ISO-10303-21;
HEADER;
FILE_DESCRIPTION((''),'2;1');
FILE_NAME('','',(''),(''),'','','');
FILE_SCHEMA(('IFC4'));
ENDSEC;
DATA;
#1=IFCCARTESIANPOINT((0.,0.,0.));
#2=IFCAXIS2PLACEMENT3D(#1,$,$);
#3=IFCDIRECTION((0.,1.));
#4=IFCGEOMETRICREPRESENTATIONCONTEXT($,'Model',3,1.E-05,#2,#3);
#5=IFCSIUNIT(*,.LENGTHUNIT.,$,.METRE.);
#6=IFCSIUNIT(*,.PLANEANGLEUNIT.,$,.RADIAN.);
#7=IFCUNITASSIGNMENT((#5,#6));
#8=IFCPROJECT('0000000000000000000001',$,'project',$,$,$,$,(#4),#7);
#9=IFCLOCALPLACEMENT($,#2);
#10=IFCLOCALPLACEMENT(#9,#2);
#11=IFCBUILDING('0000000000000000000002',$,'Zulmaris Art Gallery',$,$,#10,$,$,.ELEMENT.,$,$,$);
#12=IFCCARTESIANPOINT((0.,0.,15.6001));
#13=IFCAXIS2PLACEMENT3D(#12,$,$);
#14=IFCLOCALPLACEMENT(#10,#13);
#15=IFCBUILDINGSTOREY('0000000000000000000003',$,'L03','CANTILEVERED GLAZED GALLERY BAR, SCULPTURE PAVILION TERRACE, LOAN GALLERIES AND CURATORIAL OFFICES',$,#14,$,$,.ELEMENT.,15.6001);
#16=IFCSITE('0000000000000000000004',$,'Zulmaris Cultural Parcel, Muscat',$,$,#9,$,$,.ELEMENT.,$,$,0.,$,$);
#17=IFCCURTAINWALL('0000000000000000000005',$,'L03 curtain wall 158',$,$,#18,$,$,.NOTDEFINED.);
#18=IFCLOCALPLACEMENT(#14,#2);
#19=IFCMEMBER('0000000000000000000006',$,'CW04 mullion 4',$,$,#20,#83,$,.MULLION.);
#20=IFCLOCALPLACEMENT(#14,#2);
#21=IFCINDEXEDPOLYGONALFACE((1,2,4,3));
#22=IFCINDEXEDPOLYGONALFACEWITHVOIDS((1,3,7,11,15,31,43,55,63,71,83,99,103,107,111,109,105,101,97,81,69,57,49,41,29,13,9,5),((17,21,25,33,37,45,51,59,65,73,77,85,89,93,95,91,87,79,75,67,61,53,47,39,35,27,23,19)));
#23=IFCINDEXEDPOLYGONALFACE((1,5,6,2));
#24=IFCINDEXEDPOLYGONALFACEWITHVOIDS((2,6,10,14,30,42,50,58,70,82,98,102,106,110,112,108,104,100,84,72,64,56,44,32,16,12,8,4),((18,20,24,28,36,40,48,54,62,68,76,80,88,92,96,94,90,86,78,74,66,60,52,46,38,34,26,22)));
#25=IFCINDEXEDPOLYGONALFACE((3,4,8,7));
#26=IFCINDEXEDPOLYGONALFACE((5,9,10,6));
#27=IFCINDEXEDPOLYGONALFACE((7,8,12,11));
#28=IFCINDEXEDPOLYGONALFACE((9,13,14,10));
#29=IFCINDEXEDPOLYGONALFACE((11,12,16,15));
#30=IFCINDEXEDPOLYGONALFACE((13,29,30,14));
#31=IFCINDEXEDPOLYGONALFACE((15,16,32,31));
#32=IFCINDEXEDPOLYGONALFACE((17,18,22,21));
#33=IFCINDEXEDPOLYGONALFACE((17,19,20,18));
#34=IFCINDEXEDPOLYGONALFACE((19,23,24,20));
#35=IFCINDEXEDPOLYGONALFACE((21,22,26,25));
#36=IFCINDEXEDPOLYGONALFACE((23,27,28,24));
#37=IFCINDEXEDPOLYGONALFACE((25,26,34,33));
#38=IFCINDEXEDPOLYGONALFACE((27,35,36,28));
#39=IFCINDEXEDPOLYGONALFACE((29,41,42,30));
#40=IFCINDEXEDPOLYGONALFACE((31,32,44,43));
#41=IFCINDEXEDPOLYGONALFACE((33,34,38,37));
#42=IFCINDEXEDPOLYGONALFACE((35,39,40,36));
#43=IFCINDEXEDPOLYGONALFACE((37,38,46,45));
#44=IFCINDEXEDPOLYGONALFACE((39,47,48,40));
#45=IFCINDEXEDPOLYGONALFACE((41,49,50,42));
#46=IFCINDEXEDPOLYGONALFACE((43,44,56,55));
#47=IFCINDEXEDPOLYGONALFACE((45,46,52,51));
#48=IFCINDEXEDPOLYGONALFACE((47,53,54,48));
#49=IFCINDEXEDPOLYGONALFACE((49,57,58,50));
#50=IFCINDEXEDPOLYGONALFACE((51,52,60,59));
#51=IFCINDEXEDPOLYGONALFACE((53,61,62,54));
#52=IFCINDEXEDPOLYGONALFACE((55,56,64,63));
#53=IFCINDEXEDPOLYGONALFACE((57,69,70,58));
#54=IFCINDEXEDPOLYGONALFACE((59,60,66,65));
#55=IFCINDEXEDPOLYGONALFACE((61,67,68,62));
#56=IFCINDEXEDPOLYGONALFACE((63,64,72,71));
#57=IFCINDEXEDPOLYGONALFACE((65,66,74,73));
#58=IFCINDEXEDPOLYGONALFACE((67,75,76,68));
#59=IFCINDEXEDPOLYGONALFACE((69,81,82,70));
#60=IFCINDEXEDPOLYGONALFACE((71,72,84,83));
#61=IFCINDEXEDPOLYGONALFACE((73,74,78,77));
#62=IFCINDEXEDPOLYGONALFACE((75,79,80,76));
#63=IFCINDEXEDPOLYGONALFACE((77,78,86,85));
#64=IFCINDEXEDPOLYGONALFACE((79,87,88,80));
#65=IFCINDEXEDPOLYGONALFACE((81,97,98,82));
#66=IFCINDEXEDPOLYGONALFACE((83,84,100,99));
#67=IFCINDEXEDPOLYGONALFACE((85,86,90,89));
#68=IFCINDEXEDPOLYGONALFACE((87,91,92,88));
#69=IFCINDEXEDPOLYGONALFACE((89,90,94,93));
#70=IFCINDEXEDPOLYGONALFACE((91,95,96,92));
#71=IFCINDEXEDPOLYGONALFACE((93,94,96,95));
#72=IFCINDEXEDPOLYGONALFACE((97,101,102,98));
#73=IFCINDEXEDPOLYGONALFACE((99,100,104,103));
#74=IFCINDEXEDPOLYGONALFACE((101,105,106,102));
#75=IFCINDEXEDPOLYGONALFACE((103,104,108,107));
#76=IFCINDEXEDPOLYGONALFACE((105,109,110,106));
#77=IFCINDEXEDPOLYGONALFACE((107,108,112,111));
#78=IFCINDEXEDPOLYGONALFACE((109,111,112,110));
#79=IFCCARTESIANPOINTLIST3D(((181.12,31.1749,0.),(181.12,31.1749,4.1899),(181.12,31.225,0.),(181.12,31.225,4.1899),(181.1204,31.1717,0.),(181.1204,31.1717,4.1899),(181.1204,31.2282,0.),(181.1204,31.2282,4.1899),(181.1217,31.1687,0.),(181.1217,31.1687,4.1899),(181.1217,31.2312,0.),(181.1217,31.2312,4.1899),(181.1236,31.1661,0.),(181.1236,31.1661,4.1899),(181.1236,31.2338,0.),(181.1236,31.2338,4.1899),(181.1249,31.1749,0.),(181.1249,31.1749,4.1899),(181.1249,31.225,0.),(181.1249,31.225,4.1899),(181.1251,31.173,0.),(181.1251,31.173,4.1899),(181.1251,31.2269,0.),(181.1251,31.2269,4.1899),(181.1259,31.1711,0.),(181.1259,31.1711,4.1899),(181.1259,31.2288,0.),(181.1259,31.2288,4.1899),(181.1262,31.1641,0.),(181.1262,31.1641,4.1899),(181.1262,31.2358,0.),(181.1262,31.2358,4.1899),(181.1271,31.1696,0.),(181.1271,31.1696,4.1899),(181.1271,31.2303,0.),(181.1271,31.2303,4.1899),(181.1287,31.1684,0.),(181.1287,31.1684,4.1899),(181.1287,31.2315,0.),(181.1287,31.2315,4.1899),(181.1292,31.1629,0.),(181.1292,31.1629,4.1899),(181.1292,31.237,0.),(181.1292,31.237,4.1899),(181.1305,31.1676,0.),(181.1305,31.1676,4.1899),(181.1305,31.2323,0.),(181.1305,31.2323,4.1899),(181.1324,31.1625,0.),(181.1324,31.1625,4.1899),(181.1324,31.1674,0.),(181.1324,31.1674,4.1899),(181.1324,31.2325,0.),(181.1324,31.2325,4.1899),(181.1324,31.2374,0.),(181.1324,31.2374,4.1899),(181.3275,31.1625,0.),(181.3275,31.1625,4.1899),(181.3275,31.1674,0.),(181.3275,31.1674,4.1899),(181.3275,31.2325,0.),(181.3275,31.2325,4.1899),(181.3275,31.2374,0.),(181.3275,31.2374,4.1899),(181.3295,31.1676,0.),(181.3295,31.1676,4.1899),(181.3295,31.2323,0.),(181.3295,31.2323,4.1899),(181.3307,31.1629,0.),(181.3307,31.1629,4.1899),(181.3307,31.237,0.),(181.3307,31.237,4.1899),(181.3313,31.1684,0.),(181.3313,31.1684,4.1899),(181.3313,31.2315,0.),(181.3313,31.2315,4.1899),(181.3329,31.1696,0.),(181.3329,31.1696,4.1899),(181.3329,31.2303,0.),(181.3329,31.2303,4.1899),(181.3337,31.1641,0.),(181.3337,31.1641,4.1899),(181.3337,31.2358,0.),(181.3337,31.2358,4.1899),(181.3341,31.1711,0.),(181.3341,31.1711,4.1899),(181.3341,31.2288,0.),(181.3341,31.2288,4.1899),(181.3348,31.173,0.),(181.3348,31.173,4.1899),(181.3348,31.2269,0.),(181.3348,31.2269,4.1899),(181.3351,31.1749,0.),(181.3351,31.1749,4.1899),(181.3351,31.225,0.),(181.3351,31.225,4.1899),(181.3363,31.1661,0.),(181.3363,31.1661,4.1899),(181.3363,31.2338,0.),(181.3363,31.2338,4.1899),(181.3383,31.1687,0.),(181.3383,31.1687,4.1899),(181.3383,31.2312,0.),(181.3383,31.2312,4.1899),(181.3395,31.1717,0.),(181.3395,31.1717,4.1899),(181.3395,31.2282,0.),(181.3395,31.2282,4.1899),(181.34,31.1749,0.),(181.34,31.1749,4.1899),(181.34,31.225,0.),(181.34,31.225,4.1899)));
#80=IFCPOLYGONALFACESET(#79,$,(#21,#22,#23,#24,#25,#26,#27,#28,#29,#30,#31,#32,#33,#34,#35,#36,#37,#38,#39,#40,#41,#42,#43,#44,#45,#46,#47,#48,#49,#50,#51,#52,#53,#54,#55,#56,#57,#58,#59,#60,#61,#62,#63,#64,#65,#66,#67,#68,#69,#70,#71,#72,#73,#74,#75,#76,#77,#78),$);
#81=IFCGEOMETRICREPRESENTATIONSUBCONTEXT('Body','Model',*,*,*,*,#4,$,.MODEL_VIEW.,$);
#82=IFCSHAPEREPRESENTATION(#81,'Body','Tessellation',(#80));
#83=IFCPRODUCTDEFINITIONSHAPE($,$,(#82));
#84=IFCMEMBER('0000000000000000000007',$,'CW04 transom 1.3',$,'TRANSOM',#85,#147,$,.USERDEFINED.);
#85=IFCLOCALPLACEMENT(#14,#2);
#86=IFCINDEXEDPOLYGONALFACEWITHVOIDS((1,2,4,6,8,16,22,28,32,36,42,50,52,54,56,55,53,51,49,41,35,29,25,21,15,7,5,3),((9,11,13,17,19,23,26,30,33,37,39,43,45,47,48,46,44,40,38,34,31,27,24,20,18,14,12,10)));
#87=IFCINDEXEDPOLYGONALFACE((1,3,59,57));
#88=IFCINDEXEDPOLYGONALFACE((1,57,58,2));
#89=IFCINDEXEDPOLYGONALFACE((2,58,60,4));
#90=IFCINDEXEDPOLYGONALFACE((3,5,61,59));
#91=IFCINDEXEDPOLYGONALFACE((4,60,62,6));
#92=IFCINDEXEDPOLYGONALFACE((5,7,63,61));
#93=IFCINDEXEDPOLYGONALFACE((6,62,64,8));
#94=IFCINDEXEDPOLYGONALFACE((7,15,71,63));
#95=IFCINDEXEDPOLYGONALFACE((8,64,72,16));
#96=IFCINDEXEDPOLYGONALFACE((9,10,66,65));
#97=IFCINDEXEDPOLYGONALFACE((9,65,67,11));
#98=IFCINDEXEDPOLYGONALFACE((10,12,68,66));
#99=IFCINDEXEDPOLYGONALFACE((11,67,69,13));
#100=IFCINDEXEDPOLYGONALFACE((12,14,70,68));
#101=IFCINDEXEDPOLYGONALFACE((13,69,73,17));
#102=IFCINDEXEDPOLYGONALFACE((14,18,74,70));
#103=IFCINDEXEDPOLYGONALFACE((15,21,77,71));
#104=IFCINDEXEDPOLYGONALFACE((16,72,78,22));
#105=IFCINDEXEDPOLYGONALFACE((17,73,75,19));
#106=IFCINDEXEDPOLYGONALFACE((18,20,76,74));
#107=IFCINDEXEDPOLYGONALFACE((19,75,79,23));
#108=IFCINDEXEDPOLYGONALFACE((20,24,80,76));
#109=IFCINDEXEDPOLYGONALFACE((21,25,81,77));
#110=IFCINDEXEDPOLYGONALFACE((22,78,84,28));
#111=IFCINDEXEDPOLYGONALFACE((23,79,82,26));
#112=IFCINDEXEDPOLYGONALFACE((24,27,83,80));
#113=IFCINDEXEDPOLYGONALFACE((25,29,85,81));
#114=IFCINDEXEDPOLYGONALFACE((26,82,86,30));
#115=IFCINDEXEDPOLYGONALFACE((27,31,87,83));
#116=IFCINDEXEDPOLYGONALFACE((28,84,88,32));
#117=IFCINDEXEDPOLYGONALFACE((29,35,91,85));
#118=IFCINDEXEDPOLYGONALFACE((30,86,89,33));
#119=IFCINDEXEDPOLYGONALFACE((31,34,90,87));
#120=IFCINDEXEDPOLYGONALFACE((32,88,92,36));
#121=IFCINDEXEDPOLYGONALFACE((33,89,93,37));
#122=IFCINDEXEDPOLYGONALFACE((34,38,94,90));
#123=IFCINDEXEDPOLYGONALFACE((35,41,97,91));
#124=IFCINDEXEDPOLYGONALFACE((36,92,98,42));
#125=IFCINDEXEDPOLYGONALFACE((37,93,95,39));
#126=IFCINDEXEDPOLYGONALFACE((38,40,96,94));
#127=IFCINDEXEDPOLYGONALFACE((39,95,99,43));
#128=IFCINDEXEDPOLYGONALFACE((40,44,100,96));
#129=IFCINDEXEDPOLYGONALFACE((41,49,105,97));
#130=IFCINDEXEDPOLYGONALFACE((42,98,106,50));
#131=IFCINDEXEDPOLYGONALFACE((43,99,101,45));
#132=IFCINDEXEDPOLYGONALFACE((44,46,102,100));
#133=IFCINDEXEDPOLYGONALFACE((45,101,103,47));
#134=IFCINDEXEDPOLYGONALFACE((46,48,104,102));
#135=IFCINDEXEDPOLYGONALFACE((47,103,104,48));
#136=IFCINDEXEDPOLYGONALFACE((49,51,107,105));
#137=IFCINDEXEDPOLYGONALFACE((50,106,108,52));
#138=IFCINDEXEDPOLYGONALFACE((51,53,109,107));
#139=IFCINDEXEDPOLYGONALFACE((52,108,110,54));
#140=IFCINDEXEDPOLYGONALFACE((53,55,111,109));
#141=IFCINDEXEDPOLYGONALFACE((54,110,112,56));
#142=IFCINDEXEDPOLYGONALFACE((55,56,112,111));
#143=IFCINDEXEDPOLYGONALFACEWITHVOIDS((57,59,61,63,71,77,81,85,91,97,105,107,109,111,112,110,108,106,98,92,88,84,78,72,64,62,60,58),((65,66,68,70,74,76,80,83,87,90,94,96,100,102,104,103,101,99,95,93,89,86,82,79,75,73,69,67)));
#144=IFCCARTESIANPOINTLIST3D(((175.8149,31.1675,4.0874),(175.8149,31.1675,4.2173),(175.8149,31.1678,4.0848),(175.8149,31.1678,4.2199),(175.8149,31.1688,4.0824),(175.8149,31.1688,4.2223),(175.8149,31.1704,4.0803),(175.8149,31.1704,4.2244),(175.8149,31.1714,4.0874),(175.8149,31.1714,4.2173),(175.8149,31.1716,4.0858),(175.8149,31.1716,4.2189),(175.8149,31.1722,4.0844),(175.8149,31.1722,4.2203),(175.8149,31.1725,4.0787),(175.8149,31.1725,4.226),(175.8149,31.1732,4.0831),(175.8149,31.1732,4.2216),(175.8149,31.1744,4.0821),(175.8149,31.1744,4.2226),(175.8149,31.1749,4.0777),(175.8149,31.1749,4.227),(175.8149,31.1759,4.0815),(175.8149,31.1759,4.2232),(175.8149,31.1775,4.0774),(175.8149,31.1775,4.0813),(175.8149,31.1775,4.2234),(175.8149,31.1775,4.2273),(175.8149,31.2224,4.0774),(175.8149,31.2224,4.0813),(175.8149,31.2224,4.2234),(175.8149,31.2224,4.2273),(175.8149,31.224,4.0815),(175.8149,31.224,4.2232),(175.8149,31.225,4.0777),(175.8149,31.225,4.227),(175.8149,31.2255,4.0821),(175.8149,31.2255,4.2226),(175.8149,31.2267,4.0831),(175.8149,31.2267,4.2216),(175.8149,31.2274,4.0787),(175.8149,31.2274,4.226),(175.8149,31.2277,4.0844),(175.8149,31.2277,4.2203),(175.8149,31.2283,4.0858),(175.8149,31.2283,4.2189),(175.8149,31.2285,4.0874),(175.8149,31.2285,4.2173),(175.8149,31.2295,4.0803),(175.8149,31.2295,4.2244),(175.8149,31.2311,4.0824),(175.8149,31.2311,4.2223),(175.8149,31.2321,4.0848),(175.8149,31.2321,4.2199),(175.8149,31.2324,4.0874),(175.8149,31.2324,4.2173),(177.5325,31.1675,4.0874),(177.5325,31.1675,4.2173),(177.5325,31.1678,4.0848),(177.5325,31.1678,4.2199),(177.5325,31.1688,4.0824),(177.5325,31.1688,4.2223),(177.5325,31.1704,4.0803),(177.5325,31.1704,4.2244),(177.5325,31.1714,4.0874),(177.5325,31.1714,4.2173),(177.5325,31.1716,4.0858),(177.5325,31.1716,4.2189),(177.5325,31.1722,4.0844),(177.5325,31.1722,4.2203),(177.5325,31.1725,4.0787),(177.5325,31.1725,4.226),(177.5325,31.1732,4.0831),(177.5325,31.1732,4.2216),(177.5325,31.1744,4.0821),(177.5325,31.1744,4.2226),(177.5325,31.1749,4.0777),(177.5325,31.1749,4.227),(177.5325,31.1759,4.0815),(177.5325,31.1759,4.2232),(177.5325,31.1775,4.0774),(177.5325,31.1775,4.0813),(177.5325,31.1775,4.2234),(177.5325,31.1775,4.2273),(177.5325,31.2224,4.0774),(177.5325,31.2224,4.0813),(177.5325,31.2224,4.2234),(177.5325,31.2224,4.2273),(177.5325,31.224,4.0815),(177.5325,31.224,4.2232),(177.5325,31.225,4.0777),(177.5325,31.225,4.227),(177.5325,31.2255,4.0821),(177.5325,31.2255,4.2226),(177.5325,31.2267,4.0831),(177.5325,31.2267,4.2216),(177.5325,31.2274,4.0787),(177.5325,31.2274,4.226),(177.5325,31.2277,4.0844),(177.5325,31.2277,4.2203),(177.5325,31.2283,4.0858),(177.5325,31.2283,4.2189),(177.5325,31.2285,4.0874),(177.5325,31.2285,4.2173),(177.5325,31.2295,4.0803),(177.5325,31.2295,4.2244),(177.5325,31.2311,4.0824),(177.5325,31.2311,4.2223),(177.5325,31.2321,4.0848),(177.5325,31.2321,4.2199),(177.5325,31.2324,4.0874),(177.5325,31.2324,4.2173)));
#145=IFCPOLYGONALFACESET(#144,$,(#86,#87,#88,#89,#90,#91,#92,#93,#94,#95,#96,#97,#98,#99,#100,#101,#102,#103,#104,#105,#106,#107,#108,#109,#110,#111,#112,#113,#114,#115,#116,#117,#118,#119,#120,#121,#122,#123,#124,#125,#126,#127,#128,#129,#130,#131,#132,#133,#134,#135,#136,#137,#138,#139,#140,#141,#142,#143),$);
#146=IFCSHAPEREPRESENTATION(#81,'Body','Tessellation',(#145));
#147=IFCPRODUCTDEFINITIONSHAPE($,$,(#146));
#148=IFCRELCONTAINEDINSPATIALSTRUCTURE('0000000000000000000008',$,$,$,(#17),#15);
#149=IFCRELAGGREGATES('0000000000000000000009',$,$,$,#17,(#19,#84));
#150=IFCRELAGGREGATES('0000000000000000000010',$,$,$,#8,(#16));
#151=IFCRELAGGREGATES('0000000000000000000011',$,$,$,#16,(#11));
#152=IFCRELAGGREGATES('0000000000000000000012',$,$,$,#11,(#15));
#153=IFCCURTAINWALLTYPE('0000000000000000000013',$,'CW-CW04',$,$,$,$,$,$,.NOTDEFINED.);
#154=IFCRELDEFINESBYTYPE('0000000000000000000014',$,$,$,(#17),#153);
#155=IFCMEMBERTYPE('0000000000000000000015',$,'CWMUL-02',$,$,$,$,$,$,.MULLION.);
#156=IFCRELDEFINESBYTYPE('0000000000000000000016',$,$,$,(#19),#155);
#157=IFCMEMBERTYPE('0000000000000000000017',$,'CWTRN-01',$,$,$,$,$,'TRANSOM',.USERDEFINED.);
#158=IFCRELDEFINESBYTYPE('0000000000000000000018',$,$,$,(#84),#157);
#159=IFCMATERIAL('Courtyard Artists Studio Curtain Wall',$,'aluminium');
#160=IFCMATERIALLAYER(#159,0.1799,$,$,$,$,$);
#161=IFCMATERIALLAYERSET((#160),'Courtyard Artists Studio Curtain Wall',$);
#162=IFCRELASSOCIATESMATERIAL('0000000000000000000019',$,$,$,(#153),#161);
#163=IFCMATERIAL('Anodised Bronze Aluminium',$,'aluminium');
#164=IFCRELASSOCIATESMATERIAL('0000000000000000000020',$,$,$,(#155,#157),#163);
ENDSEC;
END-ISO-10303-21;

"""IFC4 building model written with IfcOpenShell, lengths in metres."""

from ifc_helpers import new_model, si_unit, direction, frame, origin, origin_2d, place, context, subcontext, project, spatial, hollow_rectangle, extrude, material, layer, layer_set, material_profile, profile_set, type_object, element, aggregate, save


model = new_model("IFC4")

# Units and contexts
model_context = context("Model", 3, precision=1e-05, world=origin(), true_north=direction((0.0, 1.0)))
body_context = subcontext(model_context, "Body", "Model", "MODEL_VIEW")
ifc_project = project(units=[si_unit("LENGTHUNIT", "METRE"), si_unit("PLANEANGLEUNIT", "RADIAN")], contexts=[model_context])

# Site, building, storey
site_placement = place(None, origin())
site = spatial("IfcSite", under=ifc_project, at=site_placement, Name="Zulmaris Cultural Parcel, Muscat", CompositionType="ELEMENT", RefElevation=0.0)
building_placement = place(site_placement, origin())
building = spatial("IfcBuilding", under=site, at=building_placement, Name="Zulmaris Art Gallery", CompositionType="ELEMENT")
storey_placement = place(building_placement, frame((0.0, 0.0, 15.6001)))
storey = spatial("IfcBuildingStorey", under=building, at=storey_placement, Name="L03", Description="CANTILEVERED GLAZED GALLERY BAR, SCULPTURE PAVILION TERRACE, LOAN GALLERIES AND CURATORIAL OFFICES", CompositionType="ELEMENT", Elevation=15.6001)

# Curtain wall, members
ifc_material_1 = material(Name="Courtyard Artists Studio Curtain Wall", Category="aluminium")
ifc_layer_1 = layer(ifc_material_1, 0.1799)
ifc_layer_set_1 = layer_set([ifc_layer_1], Name="Courtyard Artists Studio Curtain Wall")
curtain_wall_type = type_object("IfcCurtainWallType", Name="CW-CW04", PredefinedType="NOTDEFINED", material=ifc_layer_set_1)
curtain_wall_placement = place(storey_placement, origin())
curtain_wall = element("IfcCurtainWall", 1, at=curtain_wall_placement, inside=storey, type_object=curtain_wall_type, Name="L03 curtain wall 158", PredefinedType="NOTDEFINED")
ifc_material_2 = material(Name="Anodised Bronze Aluminium", Category="aluminium")
ifc_material_profile_1 = material_profile(ifc_material_2, hollow_rectangle(XDim=0.075, YDim=0.22, WallThickness=0.0049, InnerFilletRadius=0.0076, OuterFilletRadius=0.0125, at=origin_2d()), Name="ALU 75x220x5")
ifc_profile_set_1 = profile_set([ifc_material_profile_1], Name="Anodised Bronze Aluminium")
member_type_1 = type_object("IfcMemberType", Name="CWMUL-02", PredefinedType="MULLION", material=ifc_profile_set_1)
member_1_placement = place(storey_placement, frame((181.23, 31.2, 0.0), z_axis=(0.0, 0.0, 1.0), x_axis=(0.0, 1.0, 0.0)))
member_1 = element("IfcMember", 2, at=member_1_placement, type_object=member_type_1, Name="CW04 mullion 4", PredefinedType="MULLION", context=body_context, shape_type="SweptSolid", body=[
    extrude(hollow_rectangle(XDim=0.075, YDim=0.22, WallThickness=0.0049, InnerFilletRadius=0.0076, OuterFilletRadius=0.0125, at=origin_2d()), origin(), (0.0, 0.0, 1.0), 4.1899),
])
ifc_material_profile_2 = material_profile(ifc_material_2, hollow_rectangle(XDim=0.0649, YDim=0.1499, WallThickness=0.0039, InnerFilletRadius=0.0061, OuterFilletRadius=0.01, at=origin_2d()), Name="ALU 65x150x4")
ifc_profile_set_2 = profile_set([ifc_material_profile_2], Name="Anodised Bronze Aluminium")
member_type_2 = type_object("IfcMemberType", Name="CWTRN-01", ElementType="TRANSOM", PredefinedType="USERDEFINED", material=ifc_profile_set_2)
member_2_placement = place(storey_placement, frame((175.8149, 31.2, 4.1523), z_axis=(1.0, 0.0, 0.0), x_axis=(0.0, 1.0, 0.0)))
member_2 = element("IfcMember", 3, at=member_2_placement, type_object=member_type_2, Name="CW04 transom 1.3", ObjectType="TRANSOM", PredefinedType="USERDEFINED", context=body_context, shape_type="SweptSolid", body=[
    extrude(hollow_rectangle(XDim=0.0649, YDim=0.1499, WallThickness=0.0039, InnerFilletRadius=0.0061, OuterFilletRadius=0.01, at=origin_2d()), origin(), (0.0, 0.0, 1.0), 1.7175),
])
aggregate(curtain_wall, [member_1, member_2])

save(model, "model.ifc")
